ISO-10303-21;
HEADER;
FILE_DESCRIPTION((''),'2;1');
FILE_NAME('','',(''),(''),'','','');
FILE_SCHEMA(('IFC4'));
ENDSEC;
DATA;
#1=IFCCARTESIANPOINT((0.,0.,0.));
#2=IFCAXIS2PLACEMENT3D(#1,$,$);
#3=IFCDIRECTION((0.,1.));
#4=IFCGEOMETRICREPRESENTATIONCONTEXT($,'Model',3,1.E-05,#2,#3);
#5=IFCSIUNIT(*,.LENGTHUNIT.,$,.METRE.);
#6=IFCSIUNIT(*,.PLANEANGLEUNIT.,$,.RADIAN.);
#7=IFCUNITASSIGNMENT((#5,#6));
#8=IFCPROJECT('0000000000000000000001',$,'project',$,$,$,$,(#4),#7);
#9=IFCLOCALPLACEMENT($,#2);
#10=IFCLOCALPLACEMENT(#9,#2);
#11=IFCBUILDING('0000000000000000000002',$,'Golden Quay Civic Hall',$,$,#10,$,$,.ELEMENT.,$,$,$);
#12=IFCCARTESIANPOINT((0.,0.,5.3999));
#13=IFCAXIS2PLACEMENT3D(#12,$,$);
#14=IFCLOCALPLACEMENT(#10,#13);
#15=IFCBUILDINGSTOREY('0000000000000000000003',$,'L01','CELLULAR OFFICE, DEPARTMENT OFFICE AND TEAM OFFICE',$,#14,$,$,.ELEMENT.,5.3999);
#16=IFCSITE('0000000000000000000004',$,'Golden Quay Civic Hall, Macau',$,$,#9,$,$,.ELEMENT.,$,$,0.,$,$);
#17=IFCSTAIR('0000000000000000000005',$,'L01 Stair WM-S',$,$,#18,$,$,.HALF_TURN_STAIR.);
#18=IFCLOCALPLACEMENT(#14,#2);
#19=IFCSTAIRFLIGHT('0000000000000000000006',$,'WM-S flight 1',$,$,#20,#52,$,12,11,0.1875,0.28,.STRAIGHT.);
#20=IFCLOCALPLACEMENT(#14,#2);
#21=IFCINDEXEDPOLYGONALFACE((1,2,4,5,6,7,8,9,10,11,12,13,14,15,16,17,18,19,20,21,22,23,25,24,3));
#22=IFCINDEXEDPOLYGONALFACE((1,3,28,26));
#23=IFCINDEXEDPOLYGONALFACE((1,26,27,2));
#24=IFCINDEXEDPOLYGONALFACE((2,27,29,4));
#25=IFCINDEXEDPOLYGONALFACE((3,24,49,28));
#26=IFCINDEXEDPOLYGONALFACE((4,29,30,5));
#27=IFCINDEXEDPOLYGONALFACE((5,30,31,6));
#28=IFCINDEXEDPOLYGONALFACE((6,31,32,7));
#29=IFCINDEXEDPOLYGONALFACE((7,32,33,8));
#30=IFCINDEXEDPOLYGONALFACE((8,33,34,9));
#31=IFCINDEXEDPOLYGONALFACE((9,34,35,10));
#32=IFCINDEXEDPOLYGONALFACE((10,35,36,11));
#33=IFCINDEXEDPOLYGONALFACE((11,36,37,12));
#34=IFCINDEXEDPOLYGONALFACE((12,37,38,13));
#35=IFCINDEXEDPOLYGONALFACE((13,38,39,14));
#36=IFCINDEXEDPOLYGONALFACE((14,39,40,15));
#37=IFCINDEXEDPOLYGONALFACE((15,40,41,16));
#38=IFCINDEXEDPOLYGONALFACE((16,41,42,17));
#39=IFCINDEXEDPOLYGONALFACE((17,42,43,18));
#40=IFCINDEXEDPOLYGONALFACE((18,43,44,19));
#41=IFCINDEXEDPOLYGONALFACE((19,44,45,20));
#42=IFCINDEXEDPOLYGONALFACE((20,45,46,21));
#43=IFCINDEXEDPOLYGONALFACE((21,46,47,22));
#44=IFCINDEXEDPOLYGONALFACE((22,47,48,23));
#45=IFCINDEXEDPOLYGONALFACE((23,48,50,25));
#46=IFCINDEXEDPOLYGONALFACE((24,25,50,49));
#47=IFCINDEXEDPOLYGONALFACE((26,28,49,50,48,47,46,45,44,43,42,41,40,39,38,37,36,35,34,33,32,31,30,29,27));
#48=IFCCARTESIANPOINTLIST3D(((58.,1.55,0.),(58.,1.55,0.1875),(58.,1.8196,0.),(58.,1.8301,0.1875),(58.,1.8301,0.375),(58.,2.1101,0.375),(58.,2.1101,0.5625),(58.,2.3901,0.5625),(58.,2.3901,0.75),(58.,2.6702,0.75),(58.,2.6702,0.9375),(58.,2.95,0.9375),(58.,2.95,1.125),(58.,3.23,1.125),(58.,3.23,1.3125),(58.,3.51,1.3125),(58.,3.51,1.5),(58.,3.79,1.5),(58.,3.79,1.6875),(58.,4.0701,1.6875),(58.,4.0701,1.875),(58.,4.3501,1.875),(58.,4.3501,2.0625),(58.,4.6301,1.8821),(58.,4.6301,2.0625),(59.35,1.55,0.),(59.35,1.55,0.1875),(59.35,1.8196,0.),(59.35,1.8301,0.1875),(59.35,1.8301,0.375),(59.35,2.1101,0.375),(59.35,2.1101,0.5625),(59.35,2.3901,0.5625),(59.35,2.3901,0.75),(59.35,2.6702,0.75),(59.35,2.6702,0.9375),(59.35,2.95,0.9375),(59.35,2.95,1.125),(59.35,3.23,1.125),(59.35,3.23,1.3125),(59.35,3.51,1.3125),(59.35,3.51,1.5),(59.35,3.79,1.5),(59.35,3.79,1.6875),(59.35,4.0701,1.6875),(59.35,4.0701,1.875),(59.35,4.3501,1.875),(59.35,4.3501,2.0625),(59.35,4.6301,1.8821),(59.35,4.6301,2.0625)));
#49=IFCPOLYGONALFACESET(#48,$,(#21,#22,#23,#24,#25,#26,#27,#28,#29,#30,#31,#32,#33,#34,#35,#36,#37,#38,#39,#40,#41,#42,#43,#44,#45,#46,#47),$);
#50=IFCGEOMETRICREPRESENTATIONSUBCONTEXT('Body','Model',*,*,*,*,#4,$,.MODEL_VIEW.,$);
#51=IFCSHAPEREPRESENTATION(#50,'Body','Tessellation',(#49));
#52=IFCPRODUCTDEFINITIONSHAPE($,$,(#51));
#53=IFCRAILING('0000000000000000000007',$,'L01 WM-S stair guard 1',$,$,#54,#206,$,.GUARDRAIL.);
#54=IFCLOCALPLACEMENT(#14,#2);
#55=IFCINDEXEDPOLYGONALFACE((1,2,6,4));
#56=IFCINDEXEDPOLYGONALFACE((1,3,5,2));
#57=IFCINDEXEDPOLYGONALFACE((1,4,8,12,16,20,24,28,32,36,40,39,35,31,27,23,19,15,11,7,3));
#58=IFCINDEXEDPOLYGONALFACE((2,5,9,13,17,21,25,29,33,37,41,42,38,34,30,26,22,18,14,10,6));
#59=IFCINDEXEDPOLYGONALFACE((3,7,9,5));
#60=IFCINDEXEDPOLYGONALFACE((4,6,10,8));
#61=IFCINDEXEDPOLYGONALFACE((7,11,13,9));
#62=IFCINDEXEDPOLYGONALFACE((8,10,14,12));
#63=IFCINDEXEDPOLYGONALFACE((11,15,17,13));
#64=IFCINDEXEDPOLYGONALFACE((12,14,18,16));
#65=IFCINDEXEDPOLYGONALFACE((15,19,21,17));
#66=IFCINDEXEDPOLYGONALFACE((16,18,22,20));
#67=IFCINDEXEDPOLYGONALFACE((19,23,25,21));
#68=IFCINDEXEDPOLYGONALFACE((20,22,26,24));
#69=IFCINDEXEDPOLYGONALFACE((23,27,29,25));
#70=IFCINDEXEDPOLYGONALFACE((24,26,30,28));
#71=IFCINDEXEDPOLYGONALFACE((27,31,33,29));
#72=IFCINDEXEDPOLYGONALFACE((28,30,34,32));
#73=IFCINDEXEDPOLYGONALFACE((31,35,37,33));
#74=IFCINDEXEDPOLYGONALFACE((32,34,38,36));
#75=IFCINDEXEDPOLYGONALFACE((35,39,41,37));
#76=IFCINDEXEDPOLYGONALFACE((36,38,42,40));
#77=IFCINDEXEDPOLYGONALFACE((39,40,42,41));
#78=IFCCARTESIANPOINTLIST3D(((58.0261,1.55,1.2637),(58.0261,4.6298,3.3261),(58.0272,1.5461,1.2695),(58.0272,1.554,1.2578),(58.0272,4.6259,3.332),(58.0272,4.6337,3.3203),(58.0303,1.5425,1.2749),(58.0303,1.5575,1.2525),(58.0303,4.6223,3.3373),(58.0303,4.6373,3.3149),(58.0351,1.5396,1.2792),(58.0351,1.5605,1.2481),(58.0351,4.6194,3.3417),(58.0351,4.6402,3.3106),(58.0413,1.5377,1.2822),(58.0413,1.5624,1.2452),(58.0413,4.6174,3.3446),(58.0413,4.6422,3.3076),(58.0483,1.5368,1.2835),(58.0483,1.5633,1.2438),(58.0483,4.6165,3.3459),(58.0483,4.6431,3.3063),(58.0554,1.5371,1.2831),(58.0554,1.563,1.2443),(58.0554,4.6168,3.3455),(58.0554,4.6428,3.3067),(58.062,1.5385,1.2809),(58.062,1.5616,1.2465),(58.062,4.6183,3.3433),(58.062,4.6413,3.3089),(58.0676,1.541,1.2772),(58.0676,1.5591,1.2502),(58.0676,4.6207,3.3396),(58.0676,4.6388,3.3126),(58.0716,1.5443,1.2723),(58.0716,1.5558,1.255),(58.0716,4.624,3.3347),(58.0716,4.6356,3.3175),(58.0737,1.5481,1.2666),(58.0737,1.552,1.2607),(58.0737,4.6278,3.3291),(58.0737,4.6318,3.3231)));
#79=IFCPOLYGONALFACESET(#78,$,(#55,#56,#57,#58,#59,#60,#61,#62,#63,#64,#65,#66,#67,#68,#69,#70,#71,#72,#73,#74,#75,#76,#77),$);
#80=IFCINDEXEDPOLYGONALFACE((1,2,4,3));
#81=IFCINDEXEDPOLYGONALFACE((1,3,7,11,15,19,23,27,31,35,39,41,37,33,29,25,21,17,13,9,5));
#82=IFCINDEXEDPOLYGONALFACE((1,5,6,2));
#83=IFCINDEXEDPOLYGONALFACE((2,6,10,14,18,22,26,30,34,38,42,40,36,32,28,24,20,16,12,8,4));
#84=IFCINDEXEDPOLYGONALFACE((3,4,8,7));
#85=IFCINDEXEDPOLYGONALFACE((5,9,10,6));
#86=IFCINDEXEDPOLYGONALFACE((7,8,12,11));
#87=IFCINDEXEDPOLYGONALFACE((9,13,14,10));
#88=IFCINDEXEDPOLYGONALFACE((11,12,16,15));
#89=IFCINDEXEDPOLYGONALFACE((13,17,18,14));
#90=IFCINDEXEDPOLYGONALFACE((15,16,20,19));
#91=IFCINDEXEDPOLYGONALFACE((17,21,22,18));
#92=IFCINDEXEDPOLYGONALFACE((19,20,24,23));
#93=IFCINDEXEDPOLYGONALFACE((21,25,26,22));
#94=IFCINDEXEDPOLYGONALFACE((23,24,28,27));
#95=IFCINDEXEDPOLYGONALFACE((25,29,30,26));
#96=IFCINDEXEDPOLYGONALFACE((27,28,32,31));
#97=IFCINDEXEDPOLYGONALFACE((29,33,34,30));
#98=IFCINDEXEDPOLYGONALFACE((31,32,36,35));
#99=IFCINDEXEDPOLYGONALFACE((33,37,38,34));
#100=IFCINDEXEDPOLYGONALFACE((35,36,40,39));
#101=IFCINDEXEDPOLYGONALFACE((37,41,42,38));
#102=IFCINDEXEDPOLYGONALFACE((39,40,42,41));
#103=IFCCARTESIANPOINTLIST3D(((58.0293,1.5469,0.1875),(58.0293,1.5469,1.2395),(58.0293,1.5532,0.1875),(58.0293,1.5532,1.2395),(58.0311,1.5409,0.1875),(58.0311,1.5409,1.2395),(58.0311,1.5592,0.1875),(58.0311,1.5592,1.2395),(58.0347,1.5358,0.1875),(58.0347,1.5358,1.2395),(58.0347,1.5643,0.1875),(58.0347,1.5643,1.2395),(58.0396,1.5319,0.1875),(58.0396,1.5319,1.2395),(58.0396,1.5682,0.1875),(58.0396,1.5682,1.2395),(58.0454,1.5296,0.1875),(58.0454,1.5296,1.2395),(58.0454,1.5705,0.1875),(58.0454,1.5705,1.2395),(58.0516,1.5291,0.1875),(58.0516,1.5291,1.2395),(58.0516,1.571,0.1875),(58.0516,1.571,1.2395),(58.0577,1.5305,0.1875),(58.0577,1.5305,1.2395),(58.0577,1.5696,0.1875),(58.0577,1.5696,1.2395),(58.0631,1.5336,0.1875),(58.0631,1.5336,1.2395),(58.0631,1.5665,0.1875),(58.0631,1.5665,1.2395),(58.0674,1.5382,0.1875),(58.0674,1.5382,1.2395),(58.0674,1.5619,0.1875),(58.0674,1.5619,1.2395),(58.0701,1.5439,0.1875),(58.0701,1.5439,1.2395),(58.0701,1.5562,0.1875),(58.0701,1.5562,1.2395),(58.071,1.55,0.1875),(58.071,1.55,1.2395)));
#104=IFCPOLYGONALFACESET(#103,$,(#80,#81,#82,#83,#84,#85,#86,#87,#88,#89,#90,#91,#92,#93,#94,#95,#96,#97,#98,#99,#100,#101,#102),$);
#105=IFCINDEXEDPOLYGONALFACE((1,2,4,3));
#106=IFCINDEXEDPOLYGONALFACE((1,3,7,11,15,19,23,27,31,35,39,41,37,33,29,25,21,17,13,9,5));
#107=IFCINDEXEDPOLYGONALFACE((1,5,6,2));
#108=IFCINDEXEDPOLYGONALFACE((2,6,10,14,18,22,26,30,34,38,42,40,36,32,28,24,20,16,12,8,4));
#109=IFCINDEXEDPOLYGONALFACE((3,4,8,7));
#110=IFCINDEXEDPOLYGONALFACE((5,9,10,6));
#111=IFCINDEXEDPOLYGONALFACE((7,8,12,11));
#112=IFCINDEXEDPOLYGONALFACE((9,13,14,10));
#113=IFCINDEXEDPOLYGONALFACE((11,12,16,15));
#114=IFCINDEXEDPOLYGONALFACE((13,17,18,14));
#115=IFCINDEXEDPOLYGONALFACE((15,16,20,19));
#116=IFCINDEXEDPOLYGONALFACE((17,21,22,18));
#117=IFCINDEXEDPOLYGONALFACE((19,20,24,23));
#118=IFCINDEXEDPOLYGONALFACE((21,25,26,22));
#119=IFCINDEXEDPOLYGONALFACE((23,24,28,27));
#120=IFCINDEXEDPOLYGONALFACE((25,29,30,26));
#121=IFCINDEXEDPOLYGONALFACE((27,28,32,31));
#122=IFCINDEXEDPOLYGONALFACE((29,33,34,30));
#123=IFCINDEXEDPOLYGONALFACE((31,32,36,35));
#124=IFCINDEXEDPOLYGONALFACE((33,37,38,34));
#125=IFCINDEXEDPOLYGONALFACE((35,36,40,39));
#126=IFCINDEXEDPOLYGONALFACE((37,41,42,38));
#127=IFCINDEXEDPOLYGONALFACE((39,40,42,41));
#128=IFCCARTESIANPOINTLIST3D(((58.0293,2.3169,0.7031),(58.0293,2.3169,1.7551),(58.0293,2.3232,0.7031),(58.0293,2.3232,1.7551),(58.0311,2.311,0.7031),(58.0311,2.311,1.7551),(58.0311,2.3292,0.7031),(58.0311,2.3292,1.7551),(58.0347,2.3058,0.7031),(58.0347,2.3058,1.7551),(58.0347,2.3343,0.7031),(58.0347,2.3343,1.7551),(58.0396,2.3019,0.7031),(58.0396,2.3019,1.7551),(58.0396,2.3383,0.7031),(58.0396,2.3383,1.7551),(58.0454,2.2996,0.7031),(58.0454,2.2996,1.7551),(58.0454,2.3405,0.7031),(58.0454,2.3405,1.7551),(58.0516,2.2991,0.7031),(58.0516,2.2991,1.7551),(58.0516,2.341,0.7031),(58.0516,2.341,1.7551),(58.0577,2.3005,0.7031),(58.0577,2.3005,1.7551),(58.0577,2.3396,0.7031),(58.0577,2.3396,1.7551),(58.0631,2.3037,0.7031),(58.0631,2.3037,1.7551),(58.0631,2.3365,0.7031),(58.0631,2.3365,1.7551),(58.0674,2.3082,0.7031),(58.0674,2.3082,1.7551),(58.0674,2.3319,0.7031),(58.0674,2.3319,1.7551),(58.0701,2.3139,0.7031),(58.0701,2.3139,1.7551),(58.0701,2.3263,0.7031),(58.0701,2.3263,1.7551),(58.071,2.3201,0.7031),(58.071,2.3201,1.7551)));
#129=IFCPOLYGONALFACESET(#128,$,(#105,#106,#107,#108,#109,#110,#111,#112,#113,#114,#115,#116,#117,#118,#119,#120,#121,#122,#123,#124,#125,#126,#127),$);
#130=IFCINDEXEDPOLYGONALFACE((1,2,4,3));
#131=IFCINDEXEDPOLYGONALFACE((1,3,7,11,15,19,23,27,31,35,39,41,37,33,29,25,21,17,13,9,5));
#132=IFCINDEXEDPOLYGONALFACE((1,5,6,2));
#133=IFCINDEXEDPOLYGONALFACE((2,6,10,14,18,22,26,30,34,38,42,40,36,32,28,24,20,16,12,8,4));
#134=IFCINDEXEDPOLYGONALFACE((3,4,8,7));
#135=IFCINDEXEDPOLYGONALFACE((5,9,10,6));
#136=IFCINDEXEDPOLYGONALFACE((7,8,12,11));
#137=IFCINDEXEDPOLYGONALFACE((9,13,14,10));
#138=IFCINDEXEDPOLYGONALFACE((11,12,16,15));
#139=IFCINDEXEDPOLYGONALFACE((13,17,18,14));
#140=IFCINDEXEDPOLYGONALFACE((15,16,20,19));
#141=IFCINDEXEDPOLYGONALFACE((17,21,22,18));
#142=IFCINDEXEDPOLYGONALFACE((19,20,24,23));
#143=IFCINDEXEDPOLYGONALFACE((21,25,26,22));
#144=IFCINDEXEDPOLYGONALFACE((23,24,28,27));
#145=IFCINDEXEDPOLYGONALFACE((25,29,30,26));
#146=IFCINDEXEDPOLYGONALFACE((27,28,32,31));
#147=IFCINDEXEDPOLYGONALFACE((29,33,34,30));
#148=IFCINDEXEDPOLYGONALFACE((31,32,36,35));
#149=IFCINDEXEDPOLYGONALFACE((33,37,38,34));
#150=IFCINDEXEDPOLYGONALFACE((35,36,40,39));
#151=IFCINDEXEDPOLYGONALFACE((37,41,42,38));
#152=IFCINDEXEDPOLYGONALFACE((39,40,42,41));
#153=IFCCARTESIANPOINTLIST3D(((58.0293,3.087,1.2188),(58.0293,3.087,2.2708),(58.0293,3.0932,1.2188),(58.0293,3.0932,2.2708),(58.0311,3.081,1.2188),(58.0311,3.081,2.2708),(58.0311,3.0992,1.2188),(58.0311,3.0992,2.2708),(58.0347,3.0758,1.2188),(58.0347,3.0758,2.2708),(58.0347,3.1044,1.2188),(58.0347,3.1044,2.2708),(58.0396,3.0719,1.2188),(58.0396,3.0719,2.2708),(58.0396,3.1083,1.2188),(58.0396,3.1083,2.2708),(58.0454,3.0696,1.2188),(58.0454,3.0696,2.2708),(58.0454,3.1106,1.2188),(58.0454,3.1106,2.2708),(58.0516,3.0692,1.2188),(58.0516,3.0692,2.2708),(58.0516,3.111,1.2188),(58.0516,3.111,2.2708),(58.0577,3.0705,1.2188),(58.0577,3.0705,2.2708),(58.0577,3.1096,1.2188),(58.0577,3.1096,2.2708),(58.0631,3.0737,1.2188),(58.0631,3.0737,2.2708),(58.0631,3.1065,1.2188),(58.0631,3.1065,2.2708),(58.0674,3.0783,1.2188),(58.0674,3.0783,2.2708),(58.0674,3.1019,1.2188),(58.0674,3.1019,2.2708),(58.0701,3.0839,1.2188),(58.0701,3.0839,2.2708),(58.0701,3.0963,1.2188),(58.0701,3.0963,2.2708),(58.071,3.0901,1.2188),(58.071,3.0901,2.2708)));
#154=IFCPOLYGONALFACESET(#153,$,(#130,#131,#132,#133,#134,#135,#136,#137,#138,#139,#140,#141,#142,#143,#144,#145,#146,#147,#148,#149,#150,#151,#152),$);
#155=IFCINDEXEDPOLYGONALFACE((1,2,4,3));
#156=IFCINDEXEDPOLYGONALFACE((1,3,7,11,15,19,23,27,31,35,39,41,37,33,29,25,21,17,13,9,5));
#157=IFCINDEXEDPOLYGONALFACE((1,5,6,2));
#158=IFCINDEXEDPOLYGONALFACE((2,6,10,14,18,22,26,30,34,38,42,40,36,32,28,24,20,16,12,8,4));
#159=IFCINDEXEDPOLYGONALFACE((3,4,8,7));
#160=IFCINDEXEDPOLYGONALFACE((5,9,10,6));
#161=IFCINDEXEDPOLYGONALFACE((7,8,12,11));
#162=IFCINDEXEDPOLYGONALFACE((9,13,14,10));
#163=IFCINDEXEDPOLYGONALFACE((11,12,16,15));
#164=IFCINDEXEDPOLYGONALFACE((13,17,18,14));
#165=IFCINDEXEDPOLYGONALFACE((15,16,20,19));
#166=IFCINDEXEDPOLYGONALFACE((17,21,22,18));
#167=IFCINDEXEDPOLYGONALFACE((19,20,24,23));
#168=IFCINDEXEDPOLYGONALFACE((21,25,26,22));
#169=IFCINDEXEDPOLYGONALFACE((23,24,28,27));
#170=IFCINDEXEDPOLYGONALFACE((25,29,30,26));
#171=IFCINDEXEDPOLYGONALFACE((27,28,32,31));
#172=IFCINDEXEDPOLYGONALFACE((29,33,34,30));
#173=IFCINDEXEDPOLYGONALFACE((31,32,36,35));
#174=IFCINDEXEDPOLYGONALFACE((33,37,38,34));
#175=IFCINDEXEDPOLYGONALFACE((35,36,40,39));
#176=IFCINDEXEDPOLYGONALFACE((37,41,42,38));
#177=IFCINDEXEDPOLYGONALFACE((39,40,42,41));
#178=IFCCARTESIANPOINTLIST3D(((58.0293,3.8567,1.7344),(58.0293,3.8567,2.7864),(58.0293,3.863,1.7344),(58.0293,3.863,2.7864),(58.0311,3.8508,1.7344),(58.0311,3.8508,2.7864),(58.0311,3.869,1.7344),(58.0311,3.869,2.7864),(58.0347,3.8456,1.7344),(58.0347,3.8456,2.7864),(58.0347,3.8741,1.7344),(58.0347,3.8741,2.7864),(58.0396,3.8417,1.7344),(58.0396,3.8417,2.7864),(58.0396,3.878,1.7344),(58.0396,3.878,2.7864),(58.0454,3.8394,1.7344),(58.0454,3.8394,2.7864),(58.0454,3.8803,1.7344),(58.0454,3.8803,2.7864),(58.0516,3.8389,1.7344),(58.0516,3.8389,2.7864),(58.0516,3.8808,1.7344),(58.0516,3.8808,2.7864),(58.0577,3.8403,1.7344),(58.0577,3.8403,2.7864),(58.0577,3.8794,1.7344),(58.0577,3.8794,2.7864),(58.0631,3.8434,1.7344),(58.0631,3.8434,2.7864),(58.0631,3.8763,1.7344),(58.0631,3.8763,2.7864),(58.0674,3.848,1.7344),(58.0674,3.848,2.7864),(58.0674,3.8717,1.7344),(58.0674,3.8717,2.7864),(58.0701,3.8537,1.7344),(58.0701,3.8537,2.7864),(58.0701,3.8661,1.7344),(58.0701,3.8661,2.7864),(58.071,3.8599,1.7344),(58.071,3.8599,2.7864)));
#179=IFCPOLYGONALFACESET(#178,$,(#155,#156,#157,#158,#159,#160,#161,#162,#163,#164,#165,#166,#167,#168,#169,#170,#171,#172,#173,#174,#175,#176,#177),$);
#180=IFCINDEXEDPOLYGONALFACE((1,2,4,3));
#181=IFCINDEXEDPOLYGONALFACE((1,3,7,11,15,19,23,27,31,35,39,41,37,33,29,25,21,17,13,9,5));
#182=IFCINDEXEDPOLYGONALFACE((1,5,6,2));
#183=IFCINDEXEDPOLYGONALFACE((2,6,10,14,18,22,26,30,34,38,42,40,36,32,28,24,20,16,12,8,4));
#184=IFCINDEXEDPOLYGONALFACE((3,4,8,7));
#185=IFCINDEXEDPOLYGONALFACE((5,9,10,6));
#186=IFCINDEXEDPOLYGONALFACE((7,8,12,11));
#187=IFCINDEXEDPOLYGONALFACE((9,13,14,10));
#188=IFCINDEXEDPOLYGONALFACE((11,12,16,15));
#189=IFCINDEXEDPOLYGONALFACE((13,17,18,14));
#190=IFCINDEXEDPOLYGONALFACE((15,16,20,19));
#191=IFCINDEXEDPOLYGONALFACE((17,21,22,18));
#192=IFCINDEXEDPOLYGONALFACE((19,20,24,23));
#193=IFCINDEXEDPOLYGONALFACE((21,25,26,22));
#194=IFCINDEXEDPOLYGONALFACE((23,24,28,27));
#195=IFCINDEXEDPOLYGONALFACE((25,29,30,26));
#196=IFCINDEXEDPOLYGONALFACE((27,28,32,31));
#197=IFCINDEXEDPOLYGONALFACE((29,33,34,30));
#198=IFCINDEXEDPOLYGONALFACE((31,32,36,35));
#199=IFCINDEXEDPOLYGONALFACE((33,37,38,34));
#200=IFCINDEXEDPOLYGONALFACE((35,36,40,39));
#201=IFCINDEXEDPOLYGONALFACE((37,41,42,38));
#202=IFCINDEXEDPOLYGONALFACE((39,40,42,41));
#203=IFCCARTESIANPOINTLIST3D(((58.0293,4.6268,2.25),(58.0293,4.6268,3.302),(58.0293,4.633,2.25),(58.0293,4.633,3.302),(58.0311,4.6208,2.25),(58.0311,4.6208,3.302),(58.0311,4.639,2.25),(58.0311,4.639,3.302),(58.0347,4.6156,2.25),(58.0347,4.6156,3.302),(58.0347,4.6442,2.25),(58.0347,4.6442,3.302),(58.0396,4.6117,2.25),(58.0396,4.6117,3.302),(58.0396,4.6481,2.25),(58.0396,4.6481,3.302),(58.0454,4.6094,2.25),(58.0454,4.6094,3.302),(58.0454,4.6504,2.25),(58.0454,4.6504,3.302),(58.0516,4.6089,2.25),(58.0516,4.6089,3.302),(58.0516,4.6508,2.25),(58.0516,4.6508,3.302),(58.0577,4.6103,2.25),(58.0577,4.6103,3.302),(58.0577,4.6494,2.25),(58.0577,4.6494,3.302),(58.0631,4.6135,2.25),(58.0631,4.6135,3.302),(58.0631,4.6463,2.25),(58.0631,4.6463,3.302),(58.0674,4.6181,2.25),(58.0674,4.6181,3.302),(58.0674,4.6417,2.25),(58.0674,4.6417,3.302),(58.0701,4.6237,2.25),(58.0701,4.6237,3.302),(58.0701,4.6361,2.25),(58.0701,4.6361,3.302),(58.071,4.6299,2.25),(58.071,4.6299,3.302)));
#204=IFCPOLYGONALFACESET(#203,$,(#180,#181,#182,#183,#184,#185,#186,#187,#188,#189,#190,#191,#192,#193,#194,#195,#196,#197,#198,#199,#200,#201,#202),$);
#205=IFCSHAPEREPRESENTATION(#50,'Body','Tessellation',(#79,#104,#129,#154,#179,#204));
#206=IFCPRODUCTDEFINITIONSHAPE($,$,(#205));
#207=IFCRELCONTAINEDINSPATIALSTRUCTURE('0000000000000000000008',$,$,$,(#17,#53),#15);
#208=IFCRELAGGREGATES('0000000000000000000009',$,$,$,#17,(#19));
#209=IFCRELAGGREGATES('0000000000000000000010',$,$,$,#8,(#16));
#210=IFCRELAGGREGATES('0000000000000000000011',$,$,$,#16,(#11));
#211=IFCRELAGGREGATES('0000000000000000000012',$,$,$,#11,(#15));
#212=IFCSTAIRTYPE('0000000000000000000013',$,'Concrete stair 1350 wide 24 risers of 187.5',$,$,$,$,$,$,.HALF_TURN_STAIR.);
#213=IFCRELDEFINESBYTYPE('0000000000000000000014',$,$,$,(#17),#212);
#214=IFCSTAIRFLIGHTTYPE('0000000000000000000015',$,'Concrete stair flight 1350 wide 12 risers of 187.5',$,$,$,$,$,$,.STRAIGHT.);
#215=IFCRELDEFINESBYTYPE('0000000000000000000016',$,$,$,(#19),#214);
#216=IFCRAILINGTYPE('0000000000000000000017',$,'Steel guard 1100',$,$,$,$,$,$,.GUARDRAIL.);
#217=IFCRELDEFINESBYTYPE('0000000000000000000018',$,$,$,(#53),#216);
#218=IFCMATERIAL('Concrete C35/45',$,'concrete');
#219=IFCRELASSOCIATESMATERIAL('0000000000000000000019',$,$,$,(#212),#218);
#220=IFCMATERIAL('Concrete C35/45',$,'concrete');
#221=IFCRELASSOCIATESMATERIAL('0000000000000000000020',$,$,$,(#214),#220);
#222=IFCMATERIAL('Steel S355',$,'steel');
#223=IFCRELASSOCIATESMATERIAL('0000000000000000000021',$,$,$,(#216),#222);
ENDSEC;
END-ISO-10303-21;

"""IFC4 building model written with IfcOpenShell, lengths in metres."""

from ifc_helpers import new_model, si_unit, direction, frame, origin, origin_2d, place, context, subcontext, project, spatial, polyline, circle, outline, extrude, material, type_object, element, aggregate, save


model = new_model("IFC4")

# Units and contexts
model_context = context("Model", 3, precision=1e-05, world=origin(), true_north=direction((0.0, 1.0)))
body_context = subcontext(model_context, "Body", "Model", "MODEL_VIEW")
ifc_project = project(units=[si_unit("LENGTHUNIT", "METRE"), si_unit("PLANEANGLEUNIT", "RADIAN")], contexts=[model_context])

# Site, building, storey
site_placement = place(None, origin())
site = spatial("IfcSite", under=ifc_project, at=site_placement, Name="Golden Quay Civic Hall, Macau", CompositionType="ELEMENT", RefElevation=0.0)
building_placement = place(site_placement, origin())
building = spatial("IfcBuilding", under=site, at=building_placement, Name="Golden Quay Civic Hall", CompositionType="ELEMENT")
storey_placement = place(building_placement, frame((0.0, 0.0, 5.3999)))
storey = spatial("IfcBuildingStorey", under=building, at=storey_placement, Name="L01", Description="CELLULAR OFFICE, DEPARTMENT OFFICE AND TEAM OFFICE", CompositionType="ELEMENT", Elevation=5.3999)

# Stair, stair flight
ifc_material_1 = material(Name="Concrete C35/45", Category="concrete")
stair_type = type_object("IfcStairType", Name="Concrete stair 1350 wide 24 risers of 187.5", PredefinedType="HALF_TURN_STAIR", material=ifc_material_1)
stair_placement = place(storey_placement, origin())
stair = element("IfcStair", 1, at=stair_placement, inside=storey, type_object=stair_type, Name="L01 Stair WM-S", PredefinedType="HALF_TURN_STAIR")
ifc_material_2 = material(Name="Concrete C35/45", Category="concrete")
stair_flight_type = type_object("IfcStairFlightType", Name="Concrete stair flight 1350 wide 12 risers of 187.5", PredefinedType="STRAIGHT", material=ifc_material_2)
stair_flight_placement = place(storey_placement, frame((58.675, 1.55, 0.0), z_axis=(0.0, 0.0, 1.0), x_axis=(0.0, 1.0, 0.0)))
stair_flight = element("IfcStairFlight", 2, at=stair_flight_placement, type_object=stair_flight_type, Name="WM-S flight 1", NumberOfRisers=12, NumberOfTreads=11, PredefinedType="STRAIGHT", RiserHeight=0.1875, TreadLength=0.28, context=body_context, shape_type="SweptSolid", body=[
    extrude(outline(polyline([(0.0, 0.0), (0.0, 0.1875), (0.28, 0.1875), (0.28, 0.375), (0.5601, 0.375), (0.5601, 0.5625), (0.8401, 0.5625), (0.8401, 0.75), (1.1201, 0.75), (1.1201, 0.9375), (1.3999, 0.9375), (1.3999, 1.125), (1.6799, 1.125), (1.6799, 1.3125), (1.96, 1.3125), (1.96, 1.5), (2.24, 1.5), (2.24, 1.6875), (2.52, 1.6875), (2.52, 1.875), (2.8, 1.875), (2.8, 2.0625), (3.0801, 2.0625), (3.0801, 2.25), (3.0801, 1.8821), (0.2695, 0.0), (0.0, 0.0)])), frame((0.0, 0.675, 0.0), z_axis=(0.0, -1.0, 0.0), x_axis=(1.0, 0.0, 0.0)), (0.0, 0.0, 1.0), 1.35),
])
aggregate(stair, [stair_flight])

# Railing
ifc_material_3 = material(Name="Steel S355", Category="steel")
railing_type_1 = type_object("IfcRailingType", Name="Steel guard 1100", PredefinedType="GUARDRAIL", material=ifc_material_3)
railing_1_placement = place(storey_placement, frame((58.05, 1.55, 0.1875)))
element("IfcRailing", 3, at=railing_1_placement, inside=storey, type_object=railing_type_1, Name="L01 WM-S stair guard 1", PredefinedType="GUARDRAIL", context=body_context, shape_type="SweptSolid", body=[
    extrude(circle(Radius=0.0239, at=origin_2d()), frame((0.0, 0.0, 1.0762), z_axis=(0.0, 0.830893, 0.556432), x_axis=(-1.0, 0.0, 0.0)), (0.0, 0.0, 1.0), 3.7065),
    extrude(circle(Radius=0.021, at=origin_2d()), origin(), (0.0, 0.0, 1.0), 1.052),
    extrude(circle(Radius=0.021, at=origin_2d()), frame((0.0, 0.77, 0.5156)), (0.0, 0.0, 1.0), 1.052),
    extrude(circle(Radius=0.021, at=origin_2d()), frame((0.0, 1.54, 1.0312)), (0.0, 0.0, 1.0), 1.052),
    extrude(circle(Radius=0.021, at=origin_2d()), frame((0.0, 2.3098, 1.5469)), (0.0, 0.0, 1.0), 1.052),
    extrude(circle(Radius=0.021, at=origin_2d()), frame((0.0, 3.0798, 2.0625)), (0.0, 0.0, 1.0), 1.052),
])

save(model, "model.ifc")
